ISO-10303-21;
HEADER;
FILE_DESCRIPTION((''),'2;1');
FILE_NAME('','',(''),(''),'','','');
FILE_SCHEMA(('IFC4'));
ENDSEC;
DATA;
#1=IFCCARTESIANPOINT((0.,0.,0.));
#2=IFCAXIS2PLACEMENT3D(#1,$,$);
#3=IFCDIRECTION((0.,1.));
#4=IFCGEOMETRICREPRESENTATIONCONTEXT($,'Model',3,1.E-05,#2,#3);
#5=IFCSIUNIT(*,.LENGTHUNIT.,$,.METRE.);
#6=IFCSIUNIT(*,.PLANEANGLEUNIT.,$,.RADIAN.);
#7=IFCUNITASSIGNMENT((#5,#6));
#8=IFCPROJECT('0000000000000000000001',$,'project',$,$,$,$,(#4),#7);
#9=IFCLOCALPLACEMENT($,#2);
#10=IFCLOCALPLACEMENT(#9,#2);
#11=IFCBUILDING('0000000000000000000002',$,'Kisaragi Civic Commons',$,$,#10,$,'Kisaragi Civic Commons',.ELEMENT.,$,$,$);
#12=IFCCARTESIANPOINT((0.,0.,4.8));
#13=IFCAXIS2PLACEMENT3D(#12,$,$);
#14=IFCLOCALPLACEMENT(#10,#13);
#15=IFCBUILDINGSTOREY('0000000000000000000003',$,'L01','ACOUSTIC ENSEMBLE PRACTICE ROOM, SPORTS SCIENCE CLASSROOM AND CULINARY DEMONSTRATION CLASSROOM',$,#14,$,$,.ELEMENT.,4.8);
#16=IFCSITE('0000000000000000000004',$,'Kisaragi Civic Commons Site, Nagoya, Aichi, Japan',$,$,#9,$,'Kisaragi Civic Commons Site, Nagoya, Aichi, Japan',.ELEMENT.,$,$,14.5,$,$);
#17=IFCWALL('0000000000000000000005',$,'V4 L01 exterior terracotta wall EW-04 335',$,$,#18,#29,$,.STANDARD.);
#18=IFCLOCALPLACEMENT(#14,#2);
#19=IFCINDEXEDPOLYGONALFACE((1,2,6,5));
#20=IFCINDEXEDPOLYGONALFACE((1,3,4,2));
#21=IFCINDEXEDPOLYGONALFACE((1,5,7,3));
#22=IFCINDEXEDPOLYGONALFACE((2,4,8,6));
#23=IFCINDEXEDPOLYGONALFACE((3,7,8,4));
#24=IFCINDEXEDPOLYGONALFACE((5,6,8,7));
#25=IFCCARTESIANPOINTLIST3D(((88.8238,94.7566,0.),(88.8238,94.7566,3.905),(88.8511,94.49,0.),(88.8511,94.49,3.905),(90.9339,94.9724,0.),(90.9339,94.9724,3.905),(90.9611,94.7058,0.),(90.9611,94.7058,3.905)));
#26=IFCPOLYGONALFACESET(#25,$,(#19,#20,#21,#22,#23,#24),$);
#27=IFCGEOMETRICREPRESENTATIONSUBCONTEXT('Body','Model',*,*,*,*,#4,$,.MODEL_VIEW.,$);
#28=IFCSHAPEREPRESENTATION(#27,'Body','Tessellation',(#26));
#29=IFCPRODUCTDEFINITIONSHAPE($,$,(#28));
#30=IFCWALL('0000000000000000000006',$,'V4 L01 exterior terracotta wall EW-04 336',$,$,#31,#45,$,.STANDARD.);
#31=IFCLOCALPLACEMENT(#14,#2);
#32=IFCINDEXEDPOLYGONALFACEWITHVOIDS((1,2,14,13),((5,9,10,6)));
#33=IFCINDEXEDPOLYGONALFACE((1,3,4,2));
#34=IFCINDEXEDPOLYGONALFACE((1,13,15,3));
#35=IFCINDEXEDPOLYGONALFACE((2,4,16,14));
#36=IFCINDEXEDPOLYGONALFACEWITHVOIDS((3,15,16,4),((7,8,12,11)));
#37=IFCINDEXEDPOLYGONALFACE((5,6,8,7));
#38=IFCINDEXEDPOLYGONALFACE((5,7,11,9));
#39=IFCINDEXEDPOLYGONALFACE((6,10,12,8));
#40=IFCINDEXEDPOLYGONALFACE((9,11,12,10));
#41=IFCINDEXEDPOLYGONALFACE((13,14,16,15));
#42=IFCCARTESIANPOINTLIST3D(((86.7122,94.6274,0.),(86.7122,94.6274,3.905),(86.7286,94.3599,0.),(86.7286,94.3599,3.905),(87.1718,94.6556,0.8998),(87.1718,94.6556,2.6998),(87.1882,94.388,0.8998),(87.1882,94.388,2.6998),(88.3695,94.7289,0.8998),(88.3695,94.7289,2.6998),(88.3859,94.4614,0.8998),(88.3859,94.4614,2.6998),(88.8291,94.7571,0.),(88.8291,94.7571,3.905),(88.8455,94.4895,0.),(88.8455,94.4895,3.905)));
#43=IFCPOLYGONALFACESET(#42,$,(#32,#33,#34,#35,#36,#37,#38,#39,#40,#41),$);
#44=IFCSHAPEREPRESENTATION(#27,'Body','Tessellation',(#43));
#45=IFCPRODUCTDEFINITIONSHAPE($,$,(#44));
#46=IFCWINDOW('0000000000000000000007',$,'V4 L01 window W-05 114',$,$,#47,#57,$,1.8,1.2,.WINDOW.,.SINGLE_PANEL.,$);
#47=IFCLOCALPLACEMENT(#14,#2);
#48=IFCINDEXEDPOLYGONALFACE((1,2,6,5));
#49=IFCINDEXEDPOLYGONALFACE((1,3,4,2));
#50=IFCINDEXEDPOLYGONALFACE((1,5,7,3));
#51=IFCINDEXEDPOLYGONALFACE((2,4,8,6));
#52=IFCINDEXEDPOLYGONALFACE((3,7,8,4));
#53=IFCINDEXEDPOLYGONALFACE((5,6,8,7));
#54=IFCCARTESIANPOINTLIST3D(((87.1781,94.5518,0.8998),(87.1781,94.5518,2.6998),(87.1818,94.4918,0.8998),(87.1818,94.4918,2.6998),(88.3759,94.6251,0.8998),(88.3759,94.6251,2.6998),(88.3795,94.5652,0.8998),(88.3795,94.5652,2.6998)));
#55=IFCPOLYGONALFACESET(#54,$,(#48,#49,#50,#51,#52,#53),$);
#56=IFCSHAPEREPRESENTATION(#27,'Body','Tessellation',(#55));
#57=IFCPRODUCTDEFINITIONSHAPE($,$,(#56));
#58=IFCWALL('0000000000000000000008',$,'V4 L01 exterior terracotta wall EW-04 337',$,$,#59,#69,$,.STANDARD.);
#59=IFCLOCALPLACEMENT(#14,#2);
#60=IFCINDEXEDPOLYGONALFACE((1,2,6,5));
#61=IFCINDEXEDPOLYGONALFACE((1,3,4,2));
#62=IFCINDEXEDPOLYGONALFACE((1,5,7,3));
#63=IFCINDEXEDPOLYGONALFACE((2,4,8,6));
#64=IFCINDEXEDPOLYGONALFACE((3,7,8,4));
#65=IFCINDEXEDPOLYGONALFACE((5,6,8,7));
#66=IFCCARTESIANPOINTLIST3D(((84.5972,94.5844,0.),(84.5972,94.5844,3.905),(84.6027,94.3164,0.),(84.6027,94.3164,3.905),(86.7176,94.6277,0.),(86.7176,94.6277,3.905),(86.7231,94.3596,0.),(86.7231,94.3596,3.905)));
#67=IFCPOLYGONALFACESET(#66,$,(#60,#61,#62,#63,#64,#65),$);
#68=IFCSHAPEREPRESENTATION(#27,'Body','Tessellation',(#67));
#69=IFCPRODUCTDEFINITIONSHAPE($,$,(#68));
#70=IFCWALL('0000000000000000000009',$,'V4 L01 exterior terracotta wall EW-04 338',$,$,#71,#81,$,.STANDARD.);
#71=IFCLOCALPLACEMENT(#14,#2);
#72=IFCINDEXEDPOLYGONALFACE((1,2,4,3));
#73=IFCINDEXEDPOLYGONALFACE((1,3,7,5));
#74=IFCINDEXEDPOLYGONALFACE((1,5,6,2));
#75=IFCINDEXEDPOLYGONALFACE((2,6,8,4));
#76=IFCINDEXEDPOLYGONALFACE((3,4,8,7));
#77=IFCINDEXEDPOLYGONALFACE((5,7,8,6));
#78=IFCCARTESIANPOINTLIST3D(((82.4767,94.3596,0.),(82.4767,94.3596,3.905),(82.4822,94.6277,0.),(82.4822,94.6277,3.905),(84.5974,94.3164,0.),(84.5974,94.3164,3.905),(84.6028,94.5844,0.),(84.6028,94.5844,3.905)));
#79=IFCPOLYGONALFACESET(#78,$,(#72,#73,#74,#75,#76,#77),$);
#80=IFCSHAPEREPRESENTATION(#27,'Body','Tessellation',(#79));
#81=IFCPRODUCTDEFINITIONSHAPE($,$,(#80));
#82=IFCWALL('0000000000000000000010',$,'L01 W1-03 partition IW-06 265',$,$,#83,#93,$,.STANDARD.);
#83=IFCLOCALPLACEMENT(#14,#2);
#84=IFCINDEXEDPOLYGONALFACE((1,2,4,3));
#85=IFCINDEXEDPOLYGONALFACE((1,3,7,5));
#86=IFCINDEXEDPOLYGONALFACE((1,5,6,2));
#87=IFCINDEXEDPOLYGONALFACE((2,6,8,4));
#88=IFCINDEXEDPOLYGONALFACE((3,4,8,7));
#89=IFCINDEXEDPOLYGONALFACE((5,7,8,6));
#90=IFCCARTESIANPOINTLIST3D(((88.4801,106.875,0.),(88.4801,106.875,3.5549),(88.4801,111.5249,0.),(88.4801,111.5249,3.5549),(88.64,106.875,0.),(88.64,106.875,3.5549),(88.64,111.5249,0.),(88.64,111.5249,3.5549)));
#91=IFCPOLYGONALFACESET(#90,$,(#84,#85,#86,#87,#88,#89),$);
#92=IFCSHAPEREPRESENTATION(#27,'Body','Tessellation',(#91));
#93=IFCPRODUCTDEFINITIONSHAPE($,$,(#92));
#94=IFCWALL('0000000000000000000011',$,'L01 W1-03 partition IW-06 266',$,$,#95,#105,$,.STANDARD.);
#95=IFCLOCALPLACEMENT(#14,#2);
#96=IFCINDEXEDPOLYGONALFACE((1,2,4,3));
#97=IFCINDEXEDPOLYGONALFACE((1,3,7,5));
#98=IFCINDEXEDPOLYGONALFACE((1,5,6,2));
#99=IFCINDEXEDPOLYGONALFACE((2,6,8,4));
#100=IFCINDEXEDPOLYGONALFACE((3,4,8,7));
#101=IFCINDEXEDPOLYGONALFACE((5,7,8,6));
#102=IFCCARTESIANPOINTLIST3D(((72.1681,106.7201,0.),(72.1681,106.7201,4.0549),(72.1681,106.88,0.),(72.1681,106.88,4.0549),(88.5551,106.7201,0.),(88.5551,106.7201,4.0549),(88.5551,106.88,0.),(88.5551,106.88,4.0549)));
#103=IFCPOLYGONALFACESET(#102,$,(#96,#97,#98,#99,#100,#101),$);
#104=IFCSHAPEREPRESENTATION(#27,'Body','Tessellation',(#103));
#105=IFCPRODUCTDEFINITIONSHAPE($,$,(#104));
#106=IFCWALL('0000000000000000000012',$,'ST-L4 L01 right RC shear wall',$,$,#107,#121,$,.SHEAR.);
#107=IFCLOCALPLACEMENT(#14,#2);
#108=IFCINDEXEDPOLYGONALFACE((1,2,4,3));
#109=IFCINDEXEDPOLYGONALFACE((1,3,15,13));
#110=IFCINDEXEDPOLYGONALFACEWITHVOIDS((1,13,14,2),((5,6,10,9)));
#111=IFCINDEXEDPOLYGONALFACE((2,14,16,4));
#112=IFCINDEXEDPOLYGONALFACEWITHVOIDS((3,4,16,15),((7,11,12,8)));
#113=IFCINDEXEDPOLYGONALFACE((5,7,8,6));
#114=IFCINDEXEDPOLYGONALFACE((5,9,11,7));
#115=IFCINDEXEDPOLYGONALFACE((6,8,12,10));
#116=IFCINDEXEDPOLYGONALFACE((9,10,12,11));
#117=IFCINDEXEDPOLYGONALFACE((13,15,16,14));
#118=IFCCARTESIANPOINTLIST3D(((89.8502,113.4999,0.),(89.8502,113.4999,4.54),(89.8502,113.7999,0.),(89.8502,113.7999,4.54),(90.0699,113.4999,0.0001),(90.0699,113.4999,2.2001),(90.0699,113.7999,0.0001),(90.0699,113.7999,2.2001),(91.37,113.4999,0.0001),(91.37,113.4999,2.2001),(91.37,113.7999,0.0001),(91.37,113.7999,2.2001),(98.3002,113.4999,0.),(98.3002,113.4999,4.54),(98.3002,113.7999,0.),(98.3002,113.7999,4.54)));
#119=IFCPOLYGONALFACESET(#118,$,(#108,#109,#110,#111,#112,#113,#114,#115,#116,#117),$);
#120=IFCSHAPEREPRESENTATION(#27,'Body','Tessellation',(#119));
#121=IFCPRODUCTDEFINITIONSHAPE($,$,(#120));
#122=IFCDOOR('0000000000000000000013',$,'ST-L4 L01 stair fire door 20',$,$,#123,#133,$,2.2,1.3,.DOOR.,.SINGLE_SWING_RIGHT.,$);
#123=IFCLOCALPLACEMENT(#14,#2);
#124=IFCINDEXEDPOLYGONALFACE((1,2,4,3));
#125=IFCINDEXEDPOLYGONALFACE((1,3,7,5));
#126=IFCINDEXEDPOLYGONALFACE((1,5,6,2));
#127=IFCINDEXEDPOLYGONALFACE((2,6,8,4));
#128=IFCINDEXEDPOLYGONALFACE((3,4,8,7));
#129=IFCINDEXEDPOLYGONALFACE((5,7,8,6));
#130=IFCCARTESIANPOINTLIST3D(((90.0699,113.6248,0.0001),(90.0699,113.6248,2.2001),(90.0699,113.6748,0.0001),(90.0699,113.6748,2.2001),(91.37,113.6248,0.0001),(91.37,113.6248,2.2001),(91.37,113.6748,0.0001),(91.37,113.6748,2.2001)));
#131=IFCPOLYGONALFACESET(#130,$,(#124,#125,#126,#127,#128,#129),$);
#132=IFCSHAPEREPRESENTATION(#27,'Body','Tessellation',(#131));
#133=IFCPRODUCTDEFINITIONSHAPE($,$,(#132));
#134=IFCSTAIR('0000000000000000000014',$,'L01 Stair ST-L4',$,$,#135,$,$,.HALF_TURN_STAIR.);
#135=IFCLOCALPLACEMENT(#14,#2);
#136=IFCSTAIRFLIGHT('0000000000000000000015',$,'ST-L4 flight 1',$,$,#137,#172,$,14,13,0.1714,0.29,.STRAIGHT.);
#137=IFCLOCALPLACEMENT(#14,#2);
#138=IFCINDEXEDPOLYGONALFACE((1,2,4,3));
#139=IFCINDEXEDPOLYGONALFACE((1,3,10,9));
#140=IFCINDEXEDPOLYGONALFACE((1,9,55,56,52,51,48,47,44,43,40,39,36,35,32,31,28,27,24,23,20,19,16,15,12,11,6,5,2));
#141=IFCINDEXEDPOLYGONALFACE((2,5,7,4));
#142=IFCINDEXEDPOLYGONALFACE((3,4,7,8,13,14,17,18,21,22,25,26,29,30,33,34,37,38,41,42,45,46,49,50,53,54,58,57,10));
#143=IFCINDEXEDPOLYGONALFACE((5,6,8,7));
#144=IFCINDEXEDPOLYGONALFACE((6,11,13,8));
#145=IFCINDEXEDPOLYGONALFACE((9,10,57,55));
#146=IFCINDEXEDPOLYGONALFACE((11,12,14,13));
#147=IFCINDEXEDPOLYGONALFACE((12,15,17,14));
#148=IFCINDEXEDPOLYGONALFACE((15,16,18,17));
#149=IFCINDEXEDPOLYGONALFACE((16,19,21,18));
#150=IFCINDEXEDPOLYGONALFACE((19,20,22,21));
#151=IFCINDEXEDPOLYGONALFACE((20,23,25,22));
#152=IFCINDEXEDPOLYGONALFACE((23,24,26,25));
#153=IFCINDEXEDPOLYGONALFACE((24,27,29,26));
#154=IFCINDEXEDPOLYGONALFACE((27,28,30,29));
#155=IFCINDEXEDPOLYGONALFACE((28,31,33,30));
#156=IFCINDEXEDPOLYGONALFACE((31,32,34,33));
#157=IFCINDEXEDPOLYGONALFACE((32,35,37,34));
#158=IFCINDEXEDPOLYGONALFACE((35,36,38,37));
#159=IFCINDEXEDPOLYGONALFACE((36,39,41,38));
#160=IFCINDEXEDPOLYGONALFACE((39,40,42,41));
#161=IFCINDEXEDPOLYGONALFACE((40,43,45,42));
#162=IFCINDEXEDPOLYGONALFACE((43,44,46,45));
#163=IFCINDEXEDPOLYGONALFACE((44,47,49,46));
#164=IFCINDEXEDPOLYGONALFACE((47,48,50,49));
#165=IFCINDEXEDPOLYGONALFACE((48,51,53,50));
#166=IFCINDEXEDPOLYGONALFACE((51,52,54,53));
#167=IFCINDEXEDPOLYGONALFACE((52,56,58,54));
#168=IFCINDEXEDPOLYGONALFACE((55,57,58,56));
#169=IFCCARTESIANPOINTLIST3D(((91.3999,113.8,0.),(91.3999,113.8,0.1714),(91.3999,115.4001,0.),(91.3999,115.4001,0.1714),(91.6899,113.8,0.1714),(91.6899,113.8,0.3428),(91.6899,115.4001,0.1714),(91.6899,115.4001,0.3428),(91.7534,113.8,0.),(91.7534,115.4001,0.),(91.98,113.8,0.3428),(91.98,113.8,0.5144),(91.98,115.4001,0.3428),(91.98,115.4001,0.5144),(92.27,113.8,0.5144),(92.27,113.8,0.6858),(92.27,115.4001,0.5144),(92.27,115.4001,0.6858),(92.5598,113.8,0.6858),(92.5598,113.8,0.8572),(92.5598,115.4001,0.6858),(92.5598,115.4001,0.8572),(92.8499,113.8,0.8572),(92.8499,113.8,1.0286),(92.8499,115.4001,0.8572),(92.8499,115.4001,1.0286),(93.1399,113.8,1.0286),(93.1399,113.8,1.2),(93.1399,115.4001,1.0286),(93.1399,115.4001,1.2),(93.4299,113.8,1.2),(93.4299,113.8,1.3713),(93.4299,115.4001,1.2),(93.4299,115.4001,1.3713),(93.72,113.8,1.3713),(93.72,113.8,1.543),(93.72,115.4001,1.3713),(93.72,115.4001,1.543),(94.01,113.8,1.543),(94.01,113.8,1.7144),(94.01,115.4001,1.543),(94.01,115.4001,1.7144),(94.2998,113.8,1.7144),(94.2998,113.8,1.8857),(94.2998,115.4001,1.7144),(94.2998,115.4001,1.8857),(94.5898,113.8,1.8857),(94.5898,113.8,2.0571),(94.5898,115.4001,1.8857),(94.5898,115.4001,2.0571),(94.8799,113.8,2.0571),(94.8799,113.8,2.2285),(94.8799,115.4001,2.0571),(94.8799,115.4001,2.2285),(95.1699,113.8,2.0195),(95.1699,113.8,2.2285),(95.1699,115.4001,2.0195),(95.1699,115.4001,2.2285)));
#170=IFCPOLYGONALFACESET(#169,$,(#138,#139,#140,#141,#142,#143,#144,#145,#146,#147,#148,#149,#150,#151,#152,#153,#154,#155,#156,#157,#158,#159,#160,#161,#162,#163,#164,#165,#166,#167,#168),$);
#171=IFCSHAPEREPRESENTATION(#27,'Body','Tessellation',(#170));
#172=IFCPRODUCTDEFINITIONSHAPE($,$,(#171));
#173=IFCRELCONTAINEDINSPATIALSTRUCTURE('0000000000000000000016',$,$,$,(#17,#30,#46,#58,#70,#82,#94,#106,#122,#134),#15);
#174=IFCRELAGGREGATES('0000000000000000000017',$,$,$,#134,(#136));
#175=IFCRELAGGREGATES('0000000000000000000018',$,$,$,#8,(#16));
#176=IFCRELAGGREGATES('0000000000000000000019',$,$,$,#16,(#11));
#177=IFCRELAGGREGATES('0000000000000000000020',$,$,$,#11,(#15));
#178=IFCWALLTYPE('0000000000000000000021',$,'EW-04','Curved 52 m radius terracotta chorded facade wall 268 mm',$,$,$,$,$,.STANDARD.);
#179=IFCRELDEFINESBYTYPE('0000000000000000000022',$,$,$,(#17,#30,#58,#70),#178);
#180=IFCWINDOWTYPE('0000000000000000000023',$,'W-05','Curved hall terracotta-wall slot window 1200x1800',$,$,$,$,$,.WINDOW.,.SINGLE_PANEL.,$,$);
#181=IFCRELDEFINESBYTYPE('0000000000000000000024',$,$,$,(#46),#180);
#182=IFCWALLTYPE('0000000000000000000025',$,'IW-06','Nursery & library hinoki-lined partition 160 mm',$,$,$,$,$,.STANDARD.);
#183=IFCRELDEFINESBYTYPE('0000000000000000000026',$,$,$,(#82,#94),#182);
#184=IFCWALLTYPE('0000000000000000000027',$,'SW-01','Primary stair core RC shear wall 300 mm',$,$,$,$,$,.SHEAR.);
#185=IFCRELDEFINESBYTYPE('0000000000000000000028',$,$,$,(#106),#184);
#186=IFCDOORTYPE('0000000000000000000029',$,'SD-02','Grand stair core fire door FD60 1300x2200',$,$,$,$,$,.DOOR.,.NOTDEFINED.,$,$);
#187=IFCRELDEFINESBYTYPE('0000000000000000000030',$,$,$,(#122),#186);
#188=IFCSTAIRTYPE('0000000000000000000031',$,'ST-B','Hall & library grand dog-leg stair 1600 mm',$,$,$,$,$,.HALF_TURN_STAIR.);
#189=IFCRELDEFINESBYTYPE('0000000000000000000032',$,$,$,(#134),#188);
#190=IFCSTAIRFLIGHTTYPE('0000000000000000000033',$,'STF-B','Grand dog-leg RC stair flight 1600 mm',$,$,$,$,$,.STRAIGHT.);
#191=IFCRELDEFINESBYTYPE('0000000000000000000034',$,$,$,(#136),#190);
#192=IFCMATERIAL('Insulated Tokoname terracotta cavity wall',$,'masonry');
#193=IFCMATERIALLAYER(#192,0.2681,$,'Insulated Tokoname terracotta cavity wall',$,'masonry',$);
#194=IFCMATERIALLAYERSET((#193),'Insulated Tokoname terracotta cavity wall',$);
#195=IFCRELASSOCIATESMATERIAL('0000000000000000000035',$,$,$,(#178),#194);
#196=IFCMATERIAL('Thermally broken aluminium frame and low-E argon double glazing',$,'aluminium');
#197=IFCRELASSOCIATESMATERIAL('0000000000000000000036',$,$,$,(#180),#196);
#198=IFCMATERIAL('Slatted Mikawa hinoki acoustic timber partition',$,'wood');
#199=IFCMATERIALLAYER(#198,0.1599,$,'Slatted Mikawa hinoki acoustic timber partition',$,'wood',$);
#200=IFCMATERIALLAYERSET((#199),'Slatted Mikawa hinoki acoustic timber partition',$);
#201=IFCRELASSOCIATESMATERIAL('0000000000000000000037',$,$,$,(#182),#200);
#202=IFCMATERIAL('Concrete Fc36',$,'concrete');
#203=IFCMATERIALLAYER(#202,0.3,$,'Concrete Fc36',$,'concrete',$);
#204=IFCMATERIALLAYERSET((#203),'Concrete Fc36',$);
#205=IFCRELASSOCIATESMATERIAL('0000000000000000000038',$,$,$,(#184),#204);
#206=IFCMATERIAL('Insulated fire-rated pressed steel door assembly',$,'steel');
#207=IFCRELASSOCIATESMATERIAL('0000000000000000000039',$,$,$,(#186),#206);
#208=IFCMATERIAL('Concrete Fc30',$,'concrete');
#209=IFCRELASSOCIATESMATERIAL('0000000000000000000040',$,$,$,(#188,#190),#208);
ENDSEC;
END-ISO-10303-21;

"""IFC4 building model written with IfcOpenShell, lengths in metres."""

from ifc_helpers import new_model, si_unit, direction, frame, frame_2d, origin, place, context, subcontext, project, spatial, polyline, rectangle, outline, extrude, material, layer, layer_set, type_object, element, fill, aggregate, save


model = new_model("IFC4")

# Units and contexts
model_context = context("Model", 3, precision=1e-05, world=origin(), true_north=direction((0.0, 1.0)))
body_context = subcontext(model_context, "Body", "Model", "MODEL_VIEW")
ifc_project = project(units=[si_unit("LENGTHUNIT", "METRE"), si_unit("PLANEANGLEUNIT", "RADIAN")], contexts=[model_context])

# Site, building, storey
site_placement = place(None, origin())
site = spatial("IfcSite", under=ifc_project, at=site_placement, Name="Kisaragi Civic Commons Site, Nagoya, Aichi, Japan", LongName="Kisaragi Civic Commons Site, Nagoya, Aichi, Japan", CompositionType="ELEMENT", RefElevation=14.5)
building_placement = place(site_placement, origin())
building = spatial("IfcBuilding", under=site, at=building_placement, Name="Kisaragi Civic Commons", LongName="Kisaragi Civic Commons", CompositionType="ELEMENT")
storey_placement = place(building_placement, frame((0.0, 0.0, 4.8)))
storey = spatial("IfcBuildingStorey", under=building, at=storey_placement, Name="L01", Description="ACOUSTIC ENSEMBLE PRACTICE ROOM, SPORTS SCIENCE CLASSROOM AND CULINARY DEMONSTRATION CLASSROOM", CompositionType="ELEMENT", Elevation=4.8)

# Shared definitions
ifc_material_1 = material(Name="Concrete Fc36", Category="concrete")

# Shared definitions
ifc_material_2 = material(Name="Concrete Fc30", Category="concrete")

# Wall
ifc_material_3 = material(Name="Insulated Tokoname terracotta cavity wall", Category="masonry")
ifc_layer_1 = layer(ifc_material_3, 0.2681, Name="Insulated Tokoname terracotta cavity wall", Category="masonry")
ifc_layer_set_1 = layer_set([ifc_layer_1], Name="Insulated Tokoname terracotta cavity wall")
wall_type_1 = type_object("IfcWallType", Name="EW-04", Description="Curved 52 m radius terracotta chorded facade wall 268 mm", PredefinedType="STANDARD", material=ifc_layer_set_1)
for number, where, z_axis, x_axis, name in (
    (1, (90.9475, 94.8391, 0.0), (0.0, 0.0, 1.0), (-0.99481, -0.101748, 0.0), "V4 L01 exterior terracotta wall EW-04 335"),
):
    element("IfcWall", number, at=place(storey_placement, frame(where, z_axis=z_axis, x_axis=x_axis)), inside=storey, type_object=wall_type_1, Name=name, PredefinedType="STANDARD", context=body_context, shape_type="SweptSolid", body=[
        extrude(rectangle(XDim=2.1211, YDim=0.2681, at=frame_2d((1.0605, 0.0))), origin(), (0.0, 0.0, 1.0), 3.905),
    ])

# Wall, opening, window
wall_1_placement = place(storey_placement, frame((88.8374, 94.6233, 0.0), z_axis=(0.0, 0.0, 1.0), x_axis=(-0.99813, -0.061124, 0.0)))
wall_1 = element("IfcWall", 2, at=wall_1_placement, inside=storey, type_object=wall_type_1, Name="V4 L01 exterior terracotta wall EW-04 336", PredefinedType="STANDARD", context=body_context, shape_type="SweptSolid", body=[
    extrude(rectangle(XDim=2.1208, YDim=0.2681, at=frame_2d((1.0605, 0.0))), origin(), (0.0, 0.0, 1.0), 3.905),
])
opening_1_placement = place(wall_1_placement, frame((0.4604, 0.0, 0.8999)))
opening_1 = element("IfcOpeningElement", 3, at=opening_1_placement, cuts=wall_1, PredefinedType="OPENING", context=body_context, shape_type="SweptSolid", body=[
    extrude(rectangle(XDim=1.2, YDim=1.8, at=frame_2d((0.6001, 0.8999))), frame((0.0, 0.144, 0.0), z_axis=(0.0, -1.0, 0.0), x_axis=(1.0, 0.0, 0.0)), (0.0, 0.0, 1.0), 0.2881),
])
ifc_material_4 = material(Name="Thermally broken aluminium frame and low-E argon double glazing", Category="aluminium")
window_type = type_object("IfcWindowType", Name="W-05", Description="Curved hall terracotta-wall slot window 1200x1800", PartitioningType="SINGLE_PANEL", PredefinedType="WINDOW", material=ifc_material_4)
window_placement = place(opening_1_placement, origin())
window = element("IfcWindow", 4, at=window_placement, inside=storey, type_object=window_type, Name="V4 L01 window W-05 114", OverallHeight=1.8, OverallWidth=1.2, PartitioningType="SINGLE_PANEL", PredefinedType="WINDOW", context=body_context, shape_type="SweptSolid", body=[
    extrude(rectangle(XDim=1.2, YDim=1.8, at=frame_2d((0.6001, 0.8999))), frame((0.0, 0.03, 0.0), z_axis=(0.0, -1.0, 0.0), x_axis=(1.0, 0.0, 0.0)), (0.0, 0.0, 1.0), 0.0601),
])
fill(opening_1, window)

# Walls
wall_2_placement = place(storey_placement, frame((86.7205, 94.4937, 0.0), z_axis=(0.0, 0.0, 1.0), x_axis=(-0.999792, -0.020376, 0.0)))
element("IfcWall", 5, at=wall_2_placement, inside=storey, type_object=wall_type_1, Name="V4 L01 exterior terracotta wall EW-04 337", PredefinedType="STANDARD", context=body_context, shape_type="SweptSolid", body=[
    extrude(rectangle(XDim=2.1208, YDim=0.2681, at=frame_2d((1.0605, 0.0))), origin(), (0.0, 0.0, 1.0), 3.905),
])
wall_3_placement = place(storey_placement, frame((84.6001, 94.4504, 0.0), z_axis=(0.0, 0.0, 1.0), x_axis=(-0.999792, 0.020373, 0.0)))
element("IfcWall", 6, at=wall_3_placement, inside=storey, type_object=wall_type_1, Name="V4 L01 exterior terracotta wall EW-04 338", PredefinedType="STANDARD", context=body_context, shape_type="SweptSolid", body=[
    extrude(rectangle(XDim=2.1211, YDim=0.2681, at=frame_2d((1.0605, 0.0))), origin(), (0.0, 0.0, 1.0), 3.905),
])
ifc_material_5 = material(Name="Slatted Mikawa hinoki acoustic timber partition", Category="wood")
ifc_layer_2 = layer(ifc_material_5, 0.1599, Name="Slatted Mikawa hinoki acoustic timber partition", Category="wood")
ifc_layer_set_2 = layer_set([ifc_layer_2], Name="Slatted Mikawa hinoki acoustic timber partition")
wall_type_2 = type_object("IfcWallType", Name="IW-06", Description="Nursery & library hinoki-lined partition 160 mm", PredefinedType="STANDARD", material=ifc_layer_set_2)
wall_4_placement = place(storey_placement, frame((88.5601, 111.5249, 0.0), z_axis=(0.0, 0.0, 1.0), x_axis=(0.0, -1.0, 0.0)))
element("IfcWall", 7, at=wall_4_placement, inside=storey, type_object=wall_type_2, Name="L01 W1-03 partition IW-06 265", PredefinedType="STANDARD", context=body_context, shape_type="SweptSolid", body=[
    extrude(rectangle(XDim=4.6499, YDim=0.1599, at=frame_2d((2.325, 0.0))), origin(), (0.0, 0.0, 1.0), 3.5549),
])
wall_5_placement = place(storey_placement, frame((88.5549, 106.8, 0.0), z_axis=(0.0, 0.0, 1.0), x_axis=(-1.0, 0.0, 0.0)))
element("IfcWall", 8, at=wall_5_placement, inside=storey, type_object=wall_type_2, Name="L01 W1-03 partition IW-06 266", PredefinedType="STANDARD", context=body_context, shape_type="SweptSolid", body=[
    extrude(rectangle(XDim=16.387, YDim=0.1599, at=frame_2d((8.1934, 0.0))), origin(), (0.0, 0.0, 1.0), 4.0549),
])

# Wall, opening, door
ifc_layer_3 = layer(ifc_material_1, 0.3, Name="Concrete Fc36", Category="concrete")
ifc_layer_set_3 = layer_set([ifc_layer_3], Name="Concrete Fc36")
wall_type_3 = type_object("IfcWallType", Name="SW-01", Description="Primary stair core RC shear wall 300 mm", PredefinedType="SHEAR", material=ifc_layer_set_3)
wall_6_placement = place(storey_placement, frame((89.8501, 113.6499, 0.0), z_axis=(0.0, 0.0, 1.0), x_axis=(1.0, 0.0, 0.0)))
wall_6 = element("IfcWall", 9, at=wall_6_placement, inside=storey, type_object=wall_type_3, Name="ST-L4 L01 right RC shear wall", PredefinedType="SHEAR", context=body_context, shape_type="SweptSolid", body=[
    extrude(rectangle(XDim=8.45, YDim=0.3, at=frame_2d((4.2251, 0.0))), origin(), (0.0, 0.0, 1.0), 4.54),
])
opening_2_placement = place(wall_6_placement, frame((0.22, 0.0, 0.0)))
opening_2 = element("IfcOpeningElement", 10, at=opening_2_placement, cuts=wall_6, PredefinedType="OPENING", context=body_context, shape_type="SweptSolid", body=[
    extrude(rectangle(XDim=1.3, YDim=2.2, at=frame_2d((0.6499, 1.1001))), frame((0.0, 0.1599, 0.0), z_axis=(0.0, -1.0, 0.0), x_axis=(1.0, 0.0, 0.0)), (0.0, 0.0, 1.0), 0.3201),
])
ifc_material_6 = material(Name="Insulated fire-rated pressed steel door assembly", Category="steel")
door_type = type_object("IfcDoorType", Name="SD-02", Description="Grand stair core fire door FD60 1300x2200", OperationType="NOTDEFINED", PredefinedType="DOOR", material=ifc_material_6)
door_placement = place(opening_2_placement, origin())
door = element("IfcDoor", 11, at=door_placement, inside=storey, type_object=door_type, Name="ST-L4 L01 stair fire door 20", OperationType="SINGLE_SWING_RIGHT", OverallHeight=2.2, OverallWidth=1.3, PredefinedType="DOOR", context=body_context, shape_type="SweptSolid", body=[
    extrude(rectangle(XDim=1.3, YDim=2.2, at=frame_2d((0.6499, 1.1001))), frame((0.0, 0.0249, 0.0), z_axis=(0.0, -1.0, 0.0), x_axis=(1.0, 0.0, 0.0)), (0.0, 0.0, 1.0), 0.05),
])
fill(opening_2, door)

# Stair, stair flight
stair_type = type_object("IfcStairType", Name="ST-B", Description="Hall & library grand dog-leg stair 1600 mm", PredefinedType="HALF_TURN_STAIR", material=ifc_material_2)
stair_placement = place(storey_placement, origin())
stair = element("IfcStair", 12, at=stair_placement, inside=storey, type_object=stair_type, Name="L01 Stair ST-L4", PredefinedType="HALF_TURN_STAIR")
stair_flight_type = type_object("IfcStairFlightType", Name="STF-B", Description="Grand dog-leg RC stair flight 1600 mm", PredefinedType="STRAIGHT", material=ifc_material_2)
stair_flight_placement = place(storey_placement, frame((91.3999, 114.6001, 0.0), z_axis=(0.0, 0.0, 1.0), x_axis=(1.0, 0.0, 0.0)))
stair_flight = element("IfcStairFlight", 13, at=stair_flight_placement, type_object=stair_flight_type, Name="ST-L4 flight 1", NumberOfRisers=14, NumberOfTreads=13, PredefinedType="STRAIGHT", RiserHeight=0.1714, TreadLength=0.29, context=body_context, shape_type="SweptSolid", body=[
    extrude(outline(polyline([(0.0, 0.0), (0.0, 0.1714), (0.29, 0.1714), (0.29, 0.3428), (0.5801, 0.3428), (0.5801, 0.5144), (0.8701, 0.5144), (0.8701, 0.6858), (1.1599, 0.6858), (1.1599, 0.8572), (1.45, 0.8572), (1.45, 1.0286), (1.74, 1.0286), (1.74, 1.2), (2.03, 1.2), (2.03, 1.3713), (2.3201, 1.3713), (2.3201, 1.543), (2.6101, 1.543), (2.6101, 1.7144), (2.8999, 1.7144), (2.8999, 1.8857), (3.1899, 1.8857), (3.1899, 2.0571), (3.48, 2.0571), (3.48, 2.2285), (3.77, 2.2285), (3.77, 2.3999), (3.77, 2.0195), (0.3535, 0.0), (0.0, 0.0)])), frame((0.0, 0.8, 0.0), z_axis=(0.0, -1.0, 0.0), x_axis=(1.0, 0.0, 0.0)), (0.0, 0.0, 1.0), 1.6001),
])
aggregate(stair, [stair_flight])

save(model, "model.ifc")
